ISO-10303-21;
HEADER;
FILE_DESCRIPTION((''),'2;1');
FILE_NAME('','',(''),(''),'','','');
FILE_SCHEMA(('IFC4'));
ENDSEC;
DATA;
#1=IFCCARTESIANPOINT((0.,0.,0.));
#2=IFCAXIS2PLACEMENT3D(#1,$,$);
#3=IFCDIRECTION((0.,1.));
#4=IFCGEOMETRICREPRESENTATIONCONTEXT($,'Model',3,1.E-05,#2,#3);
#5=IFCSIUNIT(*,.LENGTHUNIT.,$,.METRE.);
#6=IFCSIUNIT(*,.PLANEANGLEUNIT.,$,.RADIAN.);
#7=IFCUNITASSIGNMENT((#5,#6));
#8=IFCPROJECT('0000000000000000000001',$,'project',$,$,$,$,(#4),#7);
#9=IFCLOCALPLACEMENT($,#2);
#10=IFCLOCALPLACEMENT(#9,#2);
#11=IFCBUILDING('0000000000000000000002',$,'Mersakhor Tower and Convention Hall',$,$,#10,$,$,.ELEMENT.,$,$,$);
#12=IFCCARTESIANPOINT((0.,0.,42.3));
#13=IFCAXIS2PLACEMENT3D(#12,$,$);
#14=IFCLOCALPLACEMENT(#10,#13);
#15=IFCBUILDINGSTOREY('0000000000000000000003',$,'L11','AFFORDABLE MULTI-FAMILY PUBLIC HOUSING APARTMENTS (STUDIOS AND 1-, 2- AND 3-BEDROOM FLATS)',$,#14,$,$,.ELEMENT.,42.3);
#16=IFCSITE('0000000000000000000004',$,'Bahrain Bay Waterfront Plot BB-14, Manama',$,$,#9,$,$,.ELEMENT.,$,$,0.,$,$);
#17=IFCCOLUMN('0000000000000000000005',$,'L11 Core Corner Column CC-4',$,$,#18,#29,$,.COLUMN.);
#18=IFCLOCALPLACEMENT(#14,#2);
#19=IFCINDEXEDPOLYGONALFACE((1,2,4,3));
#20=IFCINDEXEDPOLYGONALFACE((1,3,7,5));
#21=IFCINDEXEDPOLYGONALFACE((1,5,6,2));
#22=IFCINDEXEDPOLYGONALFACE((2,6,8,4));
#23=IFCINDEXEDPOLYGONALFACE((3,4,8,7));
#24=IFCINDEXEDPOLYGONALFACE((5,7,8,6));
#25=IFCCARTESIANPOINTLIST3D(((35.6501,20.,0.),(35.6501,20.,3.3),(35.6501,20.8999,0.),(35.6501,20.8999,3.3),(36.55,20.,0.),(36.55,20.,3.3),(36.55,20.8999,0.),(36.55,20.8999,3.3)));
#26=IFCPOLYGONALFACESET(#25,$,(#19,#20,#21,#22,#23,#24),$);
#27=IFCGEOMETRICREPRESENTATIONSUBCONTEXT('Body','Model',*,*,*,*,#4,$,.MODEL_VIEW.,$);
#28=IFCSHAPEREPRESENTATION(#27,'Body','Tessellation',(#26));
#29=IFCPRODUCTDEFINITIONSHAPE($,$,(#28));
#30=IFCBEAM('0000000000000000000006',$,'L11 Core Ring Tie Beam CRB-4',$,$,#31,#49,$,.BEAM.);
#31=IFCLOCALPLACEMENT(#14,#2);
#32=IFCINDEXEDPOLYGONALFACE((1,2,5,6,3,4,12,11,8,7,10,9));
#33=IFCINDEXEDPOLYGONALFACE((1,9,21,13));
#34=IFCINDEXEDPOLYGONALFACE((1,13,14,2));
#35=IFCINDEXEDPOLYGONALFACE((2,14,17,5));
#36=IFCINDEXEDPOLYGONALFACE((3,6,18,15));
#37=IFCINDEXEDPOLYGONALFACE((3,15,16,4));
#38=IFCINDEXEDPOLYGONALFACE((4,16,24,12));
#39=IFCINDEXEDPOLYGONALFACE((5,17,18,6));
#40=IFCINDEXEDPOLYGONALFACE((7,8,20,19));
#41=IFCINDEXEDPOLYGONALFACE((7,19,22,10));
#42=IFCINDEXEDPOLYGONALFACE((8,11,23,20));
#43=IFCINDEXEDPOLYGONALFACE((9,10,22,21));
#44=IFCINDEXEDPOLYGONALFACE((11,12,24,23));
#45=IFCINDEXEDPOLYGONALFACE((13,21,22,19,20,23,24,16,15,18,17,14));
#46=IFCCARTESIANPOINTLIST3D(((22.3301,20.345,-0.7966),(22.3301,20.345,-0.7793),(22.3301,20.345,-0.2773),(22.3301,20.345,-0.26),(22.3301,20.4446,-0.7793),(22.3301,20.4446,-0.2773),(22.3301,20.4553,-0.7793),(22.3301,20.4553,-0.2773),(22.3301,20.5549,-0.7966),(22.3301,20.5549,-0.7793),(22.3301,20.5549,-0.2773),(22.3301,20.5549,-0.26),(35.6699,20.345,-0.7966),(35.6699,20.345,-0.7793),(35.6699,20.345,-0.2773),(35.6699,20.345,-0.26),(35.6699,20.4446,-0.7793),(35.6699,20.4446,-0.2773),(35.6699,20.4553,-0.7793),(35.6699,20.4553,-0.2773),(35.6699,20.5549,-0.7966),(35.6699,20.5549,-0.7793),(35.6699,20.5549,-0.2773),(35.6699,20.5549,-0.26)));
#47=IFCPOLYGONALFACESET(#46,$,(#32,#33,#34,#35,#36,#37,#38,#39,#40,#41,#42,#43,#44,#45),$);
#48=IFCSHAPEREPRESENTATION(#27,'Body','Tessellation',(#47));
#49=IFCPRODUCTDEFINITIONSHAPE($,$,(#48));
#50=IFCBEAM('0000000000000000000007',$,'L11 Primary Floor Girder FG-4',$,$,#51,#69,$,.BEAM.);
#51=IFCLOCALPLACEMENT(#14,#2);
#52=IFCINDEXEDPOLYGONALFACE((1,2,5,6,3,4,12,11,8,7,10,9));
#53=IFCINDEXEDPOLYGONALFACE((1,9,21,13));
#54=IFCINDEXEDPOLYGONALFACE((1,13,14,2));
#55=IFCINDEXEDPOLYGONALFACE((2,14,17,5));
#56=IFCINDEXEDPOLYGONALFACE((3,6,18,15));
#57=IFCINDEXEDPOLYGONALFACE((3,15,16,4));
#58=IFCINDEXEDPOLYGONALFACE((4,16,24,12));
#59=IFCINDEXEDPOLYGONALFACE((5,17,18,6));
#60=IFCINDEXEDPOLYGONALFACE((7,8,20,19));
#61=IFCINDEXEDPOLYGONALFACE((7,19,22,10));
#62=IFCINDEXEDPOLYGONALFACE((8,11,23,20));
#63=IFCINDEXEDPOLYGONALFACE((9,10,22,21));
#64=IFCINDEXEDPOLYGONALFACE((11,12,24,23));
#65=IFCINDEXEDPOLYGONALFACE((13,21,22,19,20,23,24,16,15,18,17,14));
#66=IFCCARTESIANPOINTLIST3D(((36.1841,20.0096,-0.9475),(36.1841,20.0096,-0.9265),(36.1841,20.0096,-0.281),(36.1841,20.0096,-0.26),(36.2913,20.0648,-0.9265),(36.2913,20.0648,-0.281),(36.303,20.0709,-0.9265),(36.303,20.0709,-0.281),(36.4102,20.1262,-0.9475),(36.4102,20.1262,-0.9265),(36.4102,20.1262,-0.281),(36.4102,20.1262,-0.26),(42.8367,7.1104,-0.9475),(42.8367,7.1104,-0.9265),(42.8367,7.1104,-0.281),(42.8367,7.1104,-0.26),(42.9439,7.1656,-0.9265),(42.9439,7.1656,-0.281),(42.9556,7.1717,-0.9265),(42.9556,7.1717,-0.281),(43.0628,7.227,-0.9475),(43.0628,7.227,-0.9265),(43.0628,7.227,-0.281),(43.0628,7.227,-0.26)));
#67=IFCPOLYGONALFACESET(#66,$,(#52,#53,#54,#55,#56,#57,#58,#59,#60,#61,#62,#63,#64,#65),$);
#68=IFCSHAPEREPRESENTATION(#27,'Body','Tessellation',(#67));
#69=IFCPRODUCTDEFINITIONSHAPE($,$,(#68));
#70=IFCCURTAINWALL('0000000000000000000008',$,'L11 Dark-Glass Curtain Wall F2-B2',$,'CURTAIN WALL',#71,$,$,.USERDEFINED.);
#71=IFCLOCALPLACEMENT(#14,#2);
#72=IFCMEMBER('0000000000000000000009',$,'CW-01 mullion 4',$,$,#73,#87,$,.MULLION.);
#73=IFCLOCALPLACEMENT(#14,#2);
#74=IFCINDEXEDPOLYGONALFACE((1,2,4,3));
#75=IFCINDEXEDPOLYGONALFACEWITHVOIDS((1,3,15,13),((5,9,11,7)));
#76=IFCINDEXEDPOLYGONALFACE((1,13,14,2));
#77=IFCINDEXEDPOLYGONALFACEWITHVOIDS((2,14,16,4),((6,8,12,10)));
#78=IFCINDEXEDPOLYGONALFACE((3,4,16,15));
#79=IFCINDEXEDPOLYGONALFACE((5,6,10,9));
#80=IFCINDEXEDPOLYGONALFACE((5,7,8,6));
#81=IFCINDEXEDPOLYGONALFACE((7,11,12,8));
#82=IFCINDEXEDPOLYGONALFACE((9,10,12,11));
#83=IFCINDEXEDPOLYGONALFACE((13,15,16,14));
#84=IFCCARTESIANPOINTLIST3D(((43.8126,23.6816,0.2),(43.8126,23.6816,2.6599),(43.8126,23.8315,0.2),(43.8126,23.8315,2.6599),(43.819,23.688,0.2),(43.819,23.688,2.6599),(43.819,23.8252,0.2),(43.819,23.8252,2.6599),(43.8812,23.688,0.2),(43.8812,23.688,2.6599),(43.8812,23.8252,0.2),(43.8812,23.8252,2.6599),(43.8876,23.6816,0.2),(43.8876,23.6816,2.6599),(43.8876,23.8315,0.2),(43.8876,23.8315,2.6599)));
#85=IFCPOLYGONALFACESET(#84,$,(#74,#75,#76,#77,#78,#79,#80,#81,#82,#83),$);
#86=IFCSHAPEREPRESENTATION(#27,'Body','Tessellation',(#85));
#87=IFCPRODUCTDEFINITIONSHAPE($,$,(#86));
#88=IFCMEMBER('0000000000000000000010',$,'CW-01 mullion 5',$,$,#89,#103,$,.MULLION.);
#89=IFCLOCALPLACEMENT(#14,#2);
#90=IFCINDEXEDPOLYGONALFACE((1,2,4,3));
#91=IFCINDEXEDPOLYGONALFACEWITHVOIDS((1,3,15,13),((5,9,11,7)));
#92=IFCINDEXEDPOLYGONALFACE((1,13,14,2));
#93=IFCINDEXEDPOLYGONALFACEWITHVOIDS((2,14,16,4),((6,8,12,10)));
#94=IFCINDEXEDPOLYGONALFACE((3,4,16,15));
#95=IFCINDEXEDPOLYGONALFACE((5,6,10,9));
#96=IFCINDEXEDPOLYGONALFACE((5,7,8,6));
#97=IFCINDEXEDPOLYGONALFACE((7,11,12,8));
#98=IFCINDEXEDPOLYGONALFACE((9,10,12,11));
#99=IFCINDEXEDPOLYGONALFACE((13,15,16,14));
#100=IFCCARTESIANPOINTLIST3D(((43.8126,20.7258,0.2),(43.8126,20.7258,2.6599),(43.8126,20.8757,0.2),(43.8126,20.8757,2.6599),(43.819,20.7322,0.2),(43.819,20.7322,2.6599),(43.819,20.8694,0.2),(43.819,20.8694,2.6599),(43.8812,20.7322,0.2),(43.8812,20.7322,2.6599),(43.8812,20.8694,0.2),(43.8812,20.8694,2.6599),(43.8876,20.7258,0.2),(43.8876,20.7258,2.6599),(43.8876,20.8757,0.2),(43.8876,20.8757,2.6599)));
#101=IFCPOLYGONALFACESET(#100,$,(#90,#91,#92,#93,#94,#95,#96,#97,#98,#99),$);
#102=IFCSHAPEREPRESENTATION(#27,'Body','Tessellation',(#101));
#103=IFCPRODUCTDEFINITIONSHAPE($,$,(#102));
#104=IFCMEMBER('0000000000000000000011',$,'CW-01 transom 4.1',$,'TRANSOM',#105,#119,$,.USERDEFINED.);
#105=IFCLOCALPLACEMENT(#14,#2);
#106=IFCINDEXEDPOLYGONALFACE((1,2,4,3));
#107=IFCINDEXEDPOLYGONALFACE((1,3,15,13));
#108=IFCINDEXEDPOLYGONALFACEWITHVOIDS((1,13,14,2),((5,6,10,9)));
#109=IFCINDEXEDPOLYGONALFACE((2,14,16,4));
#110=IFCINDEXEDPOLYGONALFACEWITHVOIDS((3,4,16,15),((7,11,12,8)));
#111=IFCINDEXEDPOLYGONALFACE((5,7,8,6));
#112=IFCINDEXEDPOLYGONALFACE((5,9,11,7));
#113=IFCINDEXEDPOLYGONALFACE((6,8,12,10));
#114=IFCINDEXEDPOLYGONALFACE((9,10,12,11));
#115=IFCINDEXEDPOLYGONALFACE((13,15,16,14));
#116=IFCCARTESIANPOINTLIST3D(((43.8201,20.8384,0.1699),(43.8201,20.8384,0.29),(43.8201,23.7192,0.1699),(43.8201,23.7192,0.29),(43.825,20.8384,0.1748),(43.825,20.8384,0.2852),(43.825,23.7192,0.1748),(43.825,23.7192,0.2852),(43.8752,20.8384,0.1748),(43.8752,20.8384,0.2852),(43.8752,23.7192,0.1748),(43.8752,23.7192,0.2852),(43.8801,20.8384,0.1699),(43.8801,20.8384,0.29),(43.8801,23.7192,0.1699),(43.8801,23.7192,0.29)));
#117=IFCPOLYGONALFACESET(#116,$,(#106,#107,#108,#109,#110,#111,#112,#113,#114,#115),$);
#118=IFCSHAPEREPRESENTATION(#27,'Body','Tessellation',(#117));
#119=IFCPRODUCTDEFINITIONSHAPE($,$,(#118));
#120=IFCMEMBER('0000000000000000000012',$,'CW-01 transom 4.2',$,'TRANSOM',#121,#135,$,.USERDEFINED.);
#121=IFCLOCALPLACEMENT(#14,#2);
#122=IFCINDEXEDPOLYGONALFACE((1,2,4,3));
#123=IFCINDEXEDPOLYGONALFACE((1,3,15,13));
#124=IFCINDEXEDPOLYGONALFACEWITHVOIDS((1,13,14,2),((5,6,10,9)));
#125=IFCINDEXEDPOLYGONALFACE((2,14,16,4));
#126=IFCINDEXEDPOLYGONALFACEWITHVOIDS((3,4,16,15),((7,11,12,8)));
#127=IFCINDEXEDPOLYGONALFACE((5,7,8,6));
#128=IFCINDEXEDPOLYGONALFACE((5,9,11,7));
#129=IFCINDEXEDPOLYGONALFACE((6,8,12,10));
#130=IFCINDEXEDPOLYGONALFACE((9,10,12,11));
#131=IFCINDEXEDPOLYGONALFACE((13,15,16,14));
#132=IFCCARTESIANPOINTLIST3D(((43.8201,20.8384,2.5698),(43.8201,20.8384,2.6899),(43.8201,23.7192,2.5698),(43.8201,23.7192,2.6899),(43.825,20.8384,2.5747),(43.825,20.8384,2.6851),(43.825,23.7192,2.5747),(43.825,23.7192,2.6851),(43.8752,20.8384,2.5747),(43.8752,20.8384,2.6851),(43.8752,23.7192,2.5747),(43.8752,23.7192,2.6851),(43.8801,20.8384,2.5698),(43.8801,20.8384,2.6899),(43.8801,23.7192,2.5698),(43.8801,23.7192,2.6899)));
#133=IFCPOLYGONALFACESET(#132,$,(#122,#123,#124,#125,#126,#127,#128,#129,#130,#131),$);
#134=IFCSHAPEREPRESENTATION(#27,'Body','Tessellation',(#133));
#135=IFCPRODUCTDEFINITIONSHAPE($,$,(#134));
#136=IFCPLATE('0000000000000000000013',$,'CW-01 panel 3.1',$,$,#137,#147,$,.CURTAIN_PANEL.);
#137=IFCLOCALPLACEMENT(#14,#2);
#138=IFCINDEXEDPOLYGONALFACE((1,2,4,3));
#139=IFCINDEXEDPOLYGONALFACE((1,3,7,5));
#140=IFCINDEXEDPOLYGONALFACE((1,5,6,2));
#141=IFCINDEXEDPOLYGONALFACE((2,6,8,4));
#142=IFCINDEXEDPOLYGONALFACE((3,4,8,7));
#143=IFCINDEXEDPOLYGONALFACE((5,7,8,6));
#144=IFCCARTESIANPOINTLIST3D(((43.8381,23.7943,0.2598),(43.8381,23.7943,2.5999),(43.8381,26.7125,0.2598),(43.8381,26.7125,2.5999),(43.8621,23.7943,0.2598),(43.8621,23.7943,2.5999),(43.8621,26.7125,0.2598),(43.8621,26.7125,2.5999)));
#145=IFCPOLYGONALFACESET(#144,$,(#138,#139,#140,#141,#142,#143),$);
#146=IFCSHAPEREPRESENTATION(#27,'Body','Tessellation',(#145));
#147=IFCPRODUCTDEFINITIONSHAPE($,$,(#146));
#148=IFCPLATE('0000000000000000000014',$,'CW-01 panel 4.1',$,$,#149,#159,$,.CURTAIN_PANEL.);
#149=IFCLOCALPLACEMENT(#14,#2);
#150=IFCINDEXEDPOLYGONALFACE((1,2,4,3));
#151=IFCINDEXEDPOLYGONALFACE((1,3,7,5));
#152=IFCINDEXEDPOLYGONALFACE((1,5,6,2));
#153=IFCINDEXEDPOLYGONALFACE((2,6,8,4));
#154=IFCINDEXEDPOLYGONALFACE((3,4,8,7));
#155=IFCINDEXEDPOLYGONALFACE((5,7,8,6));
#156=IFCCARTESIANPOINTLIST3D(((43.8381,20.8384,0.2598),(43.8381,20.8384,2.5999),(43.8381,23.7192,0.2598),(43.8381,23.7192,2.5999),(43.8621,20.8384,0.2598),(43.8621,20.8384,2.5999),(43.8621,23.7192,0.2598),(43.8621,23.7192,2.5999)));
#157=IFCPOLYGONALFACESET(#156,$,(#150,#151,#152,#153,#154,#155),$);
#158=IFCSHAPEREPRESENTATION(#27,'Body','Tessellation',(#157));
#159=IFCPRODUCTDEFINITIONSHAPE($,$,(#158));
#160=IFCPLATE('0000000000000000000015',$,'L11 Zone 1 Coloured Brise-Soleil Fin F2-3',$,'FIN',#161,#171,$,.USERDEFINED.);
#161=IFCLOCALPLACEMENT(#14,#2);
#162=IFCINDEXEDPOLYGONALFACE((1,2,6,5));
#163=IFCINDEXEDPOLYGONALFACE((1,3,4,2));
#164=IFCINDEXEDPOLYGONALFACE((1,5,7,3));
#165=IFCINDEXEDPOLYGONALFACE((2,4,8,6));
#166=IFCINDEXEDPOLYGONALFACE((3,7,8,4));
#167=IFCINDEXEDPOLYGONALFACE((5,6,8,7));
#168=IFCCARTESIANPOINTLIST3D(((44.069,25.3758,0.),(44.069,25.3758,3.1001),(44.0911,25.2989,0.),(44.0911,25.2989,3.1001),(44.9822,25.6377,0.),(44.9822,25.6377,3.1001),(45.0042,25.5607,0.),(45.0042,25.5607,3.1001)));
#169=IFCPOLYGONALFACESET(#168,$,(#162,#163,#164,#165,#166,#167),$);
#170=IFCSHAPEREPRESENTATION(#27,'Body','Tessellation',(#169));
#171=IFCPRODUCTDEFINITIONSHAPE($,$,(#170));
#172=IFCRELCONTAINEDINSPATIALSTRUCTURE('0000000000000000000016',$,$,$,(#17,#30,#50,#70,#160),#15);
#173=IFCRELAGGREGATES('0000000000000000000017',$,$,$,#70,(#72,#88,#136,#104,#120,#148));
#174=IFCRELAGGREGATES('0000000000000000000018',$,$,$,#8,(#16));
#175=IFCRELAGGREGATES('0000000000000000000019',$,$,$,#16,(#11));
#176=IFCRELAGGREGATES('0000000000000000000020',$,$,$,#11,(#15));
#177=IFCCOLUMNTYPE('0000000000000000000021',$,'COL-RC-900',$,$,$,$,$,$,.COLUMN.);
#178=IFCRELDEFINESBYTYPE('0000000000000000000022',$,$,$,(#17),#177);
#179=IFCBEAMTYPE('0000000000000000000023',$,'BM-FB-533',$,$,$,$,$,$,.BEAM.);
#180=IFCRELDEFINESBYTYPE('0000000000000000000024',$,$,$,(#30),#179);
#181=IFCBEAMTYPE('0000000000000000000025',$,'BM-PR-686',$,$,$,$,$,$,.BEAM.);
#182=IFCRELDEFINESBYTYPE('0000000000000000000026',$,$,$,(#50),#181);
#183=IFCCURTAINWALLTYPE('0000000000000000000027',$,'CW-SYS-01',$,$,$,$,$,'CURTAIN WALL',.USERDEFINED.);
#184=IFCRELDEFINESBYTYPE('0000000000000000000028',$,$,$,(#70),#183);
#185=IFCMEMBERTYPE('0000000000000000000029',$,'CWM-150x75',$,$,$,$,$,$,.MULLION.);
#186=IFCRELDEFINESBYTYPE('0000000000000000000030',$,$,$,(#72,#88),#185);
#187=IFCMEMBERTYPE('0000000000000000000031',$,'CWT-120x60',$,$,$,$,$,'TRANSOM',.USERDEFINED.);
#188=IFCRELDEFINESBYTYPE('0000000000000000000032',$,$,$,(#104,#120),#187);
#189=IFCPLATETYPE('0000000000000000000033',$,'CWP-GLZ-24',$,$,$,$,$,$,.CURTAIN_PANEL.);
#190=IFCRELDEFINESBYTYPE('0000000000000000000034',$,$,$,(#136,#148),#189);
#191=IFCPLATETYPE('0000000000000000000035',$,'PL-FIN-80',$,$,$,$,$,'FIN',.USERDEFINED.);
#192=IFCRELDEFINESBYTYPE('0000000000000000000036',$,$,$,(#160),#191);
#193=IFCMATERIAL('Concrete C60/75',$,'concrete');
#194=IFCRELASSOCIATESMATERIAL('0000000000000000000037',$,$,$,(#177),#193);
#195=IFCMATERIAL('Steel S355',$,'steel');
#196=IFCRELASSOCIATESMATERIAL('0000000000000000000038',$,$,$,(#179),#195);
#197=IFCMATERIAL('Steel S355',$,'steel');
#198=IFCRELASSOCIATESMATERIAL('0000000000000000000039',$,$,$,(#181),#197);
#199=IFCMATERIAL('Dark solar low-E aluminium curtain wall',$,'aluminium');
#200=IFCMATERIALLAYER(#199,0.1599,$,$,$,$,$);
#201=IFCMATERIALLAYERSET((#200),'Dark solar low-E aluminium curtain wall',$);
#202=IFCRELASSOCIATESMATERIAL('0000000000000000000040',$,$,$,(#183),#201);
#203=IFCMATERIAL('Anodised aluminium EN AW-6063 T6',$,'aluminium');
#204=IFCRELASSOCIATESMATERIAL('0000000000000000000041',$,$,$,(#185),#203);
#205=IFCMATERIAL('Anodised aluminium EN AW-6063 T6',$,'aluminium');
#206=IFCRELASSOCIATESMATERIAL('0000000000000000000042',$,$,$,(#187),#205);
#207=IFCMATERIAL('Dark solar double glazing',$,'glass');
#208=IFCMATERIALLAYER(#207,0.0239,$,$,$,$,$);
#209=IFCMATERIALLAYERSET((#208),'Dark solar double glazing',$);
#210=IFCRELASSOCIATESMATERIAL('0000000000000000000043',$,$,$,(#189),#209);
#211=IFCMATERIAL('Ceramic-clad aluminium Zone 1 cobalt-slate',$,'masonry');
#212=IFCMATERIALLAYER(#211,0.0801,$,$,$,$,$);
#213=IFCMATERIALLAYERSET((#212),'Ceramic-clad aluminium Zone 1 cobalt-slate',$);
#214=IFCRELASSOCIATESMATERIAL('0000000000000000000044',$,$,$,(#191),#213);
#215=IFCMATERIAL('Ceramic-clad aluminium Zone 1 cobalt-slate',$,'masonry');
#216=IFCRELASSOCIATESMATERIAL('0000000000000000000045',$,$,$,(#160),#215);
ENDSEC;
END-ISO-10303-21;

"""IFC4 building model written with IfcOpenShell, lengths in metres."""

from ifc_helpers import new_model, si_unit, direction, frame, origin, origin_2d, place, context, subcontext, project, spatial, rectangle, hollow_rectangle, i_section, extrude, material, layer, layer_set, material_profile, profile_set, type_object, element, aggregate, save


model = new_model("IFC4")

# Units and contexts
model_context = context("Model", 3, precision=1e-05, world=origin(), true_north=direction((0.0, 1.0)))
body_context = subcontext(model_context, "Body", "Model", "MODEL_VIEW")
ifc_project = project(units=[si_unit("LENGTHUNIT", "METRE"), si_unit("PLANEANGLEUNIT", "RADIAN")], contexts=[model_context])

# Site, building, storey
site_placement = place(None, origin())
site = spatial("IfcSite", under=ifc_project, at=site_placement, Name="Bahrain Bay Waterfront Plot BB-14, Manama", CompositionType="ELEMENT", RefElevation=0.0)
building_placement = place(site_placement, origin())
building = spatial("IfcBuilding", under=site, at=building_placement, Name="Mersakhor Tower and Convention Hall", CompositionType="ELEMENT")
storey_placement = place(building_placement, frame((0.0, 0.0, 42.3)))
storey = spatial("IfcBuildingStorey", under=building, at=storey_placement, Name="L11", Description="AFFORDABLE MULTI-FAMILY PUBLIC HOUSING APARTMENTS (STUDIOS AND 1-, 2- AND 3-BEDROOM FLATS)", CompositionType="ELEMENT", Elevation=42.3)

# Column
ifc_material_1 = material(Name="Concrete C60/75", Category="concrete")
ifc_material_profile_1 = material_profile(ifc_material_1, rectangle(XDim=0.8999, YDim=0.8999, at=origin_2d()), Name="RC 900x900")
ifc_profile_set_1 = profile_set([ifc_material_profile_1], Name="Concrete C60/75")
column_type = type_object("IfcColumnType", Name="COL-RC-900", PredefinedType="COLUMN", material=ifc_profile_set_1)
column_placement = place(storey_placement, frame((36.1001, 20.45, 0.0), z_axis=(0.0, 0.0, 1.0), x_axis=(1.0, 0.0, 0.0)))
element("IfcColumn", 1, at=column_placement, inside=storey, type_object=column_type, Name="L11 Core Corner Column CC-4", PredefinedType="COLUMN", context=body_context, shape_type="SweptSolid", body=[
    extrude(rectangle(XDim=0.8999, YDim=0.8999, at=origin_2d()), origin(), (0.0, 0.0, 1.0), 3.3),
])

# Beams
ifc_material_2 = material(Name="Steel S355", Category="steel")
ifc_material_profile_2 = material_profile(ifc_material_2, i_section(OverallWidth=0.21, OverallDepth=0.5366, WebThickness=0.0107, FlangeThickness=0.0173, at=origin_2d()), Name="UB 533x210x101")
ifc_profile_set_2 = profile_set([ifc_material_profile_2], Name="Steel S355")
beam_type_1 = type_object("IfcBeamType", Name="BM-FB-533", PredefinedType="BEAM", material=ifc_profile_set_2)
beam_1_placement = place(storey_placement, frame((35.6699, 20.45, -0.5283), z_axis=(-1.0, 0.0, 0.0), x_axis=(0.0, -1.0, 0.0)))
element("IfcBeam", 2, at=beam_1_placement, inside=storey, type_object=beam_type_1, Name="L11 Core Ring Tie Beam CRB-4", PredefinedType="BEAM", context=body_context, shape_type="SweptSolid", body=[
    extrude(i_section(OverallWidth=0.21, OverallDepth=0.5366, WebThickness=0.0107, FlangeThickness=0.0173, at=origin_2d()), origin(), (0.0, 0.0, 1.0), 13.3398),
])
ifc_material_3 = material(Name="Steel S355", Category="steel")
ifc_material_profile_3 = material_profile(ifc_material_3, i_section(OverallWidth=0.2544, OverallDepth=0.6875, WebThickness=0.0132, FlangeThickness=0.021, at=origin_2d()), Name="UB 686x254x152")
ifc_profile_set_3 = profile_set([ifc_material_profile_3], Name="Steel S355")
beam_type_2 = type_object("IfcBeamType", Name="BM-PR-686", PredefinedType="BEAM", material=ifc_profile_set_3)
beam_2_placement = place(storey_placement, frame((36.2971, 20.0679, -0.6038), z_axis=(0.458368, -0.888762, 0.0), x_axis=(0.888762, 0.458368, 0.0)))
element("IfcBeam", 3, at=beam_2_placement, inside=storey, type_object=beam_type_2, Name="L11 Primary Floor Girder FG-4", PredefinedType="BEAM", context=body_context, shape_type="SweptSolid", body=[
    extrude(i_section(OverallWidth=0.2544, OverallDepth=0.6875, WebThickness=0.0132, FlangeThickness=0.021, at=origin_2d()), origin(), (0.0, 0.0, 1.0), 14.5137),
])

# Curtain wall, members, plates
ifc_material_4 = material(Name="Dark solar low-E aluminium curtain wall", Category="aluminium")
ifc_layer_1 = layer(ifc_material_4, 0.1599)
ifc_layer_set_1 = layer_set([ifc_layer_1], Name="Dark solar low-E aluminium curtain wall")
curtain_wall_type = type_object("IfcCurtainWallType", Name="CW-SYS-01", ElementType="CURTAIN WALL", PredefinedType="USERDEFINED", material=ifc_layer_set_1)
curtain_wall_placement = place(storey_placement, origin())
curtain_wall = element("IfcCurtainWall", 4, at=curtain_wall_placement, inside=storey, type_object=curtain_wall_type, Name="L11 Dark-Glass Curtain Wall F2-B2", ObjectType="CURTAIN WALL", PredefinedType="USERDEFINED")
ifc_material_5 = material(Name="Anodised aluminium EN AW-6063 T6", Category="aluminium")
ifc_material_profile_4 = material_profile(ifc_material_5, hollow_rectangle(XDim=0.075, YDim=0.1499, WallThickness=0.0063, at=origin_2d()), Name="RHS 150x75x6.3")
ifc_profile_set_4 = profile_set([ifc_material_profile_4], Name="Anodised aluminium EN AW-6063 T6")
member_type_1 = type_object("IfcMemberType", Name="CWM-150x75", PredefinedType="MULLION", material=ifc_profile_set_4)
member_1_placement = place(storey_placement, frame((43.8501, 23.7566, 0.2), z_axis=(0.0, 0.0, 1.0), x_axis=(1.0, 0.0, 0.0)))
member_1 = element("IfcMember", 5, at=member_1_placement, type_object=member_type_1, Name="CW-01 mullion 4", PredefinedType="MULLION", context=body_context, shape_type="SweptSolid", body=[
    extrude(hollow_rectangle(XDim=0.075, YDim=0.1499, WallThickness=0.0063, at=origin_2d()), origin(), (0.0, 0.0, 1.0), 2.46),
])
member_2_placement = place(storey_placement, frame((43.8501, 20.8008, 0.2), z_axis=(0.0, 0.0, 1.0), x_axis=(1.0, 0.0, 0.0)))
member_2 = element("IfcMember", 6, at=member_2_placement, type_object=member_type_1, Name="CW-01 mullion 5", PredefinedType="MULLION", context=body_context, shape_type="SweptSolid", body=[
    extrude(hollow_rectangle(XDim=0.075, YDim=0.1499, WallThickness=0.0063, at=origin_2d()), origin(), (0.0, 0.0, 1.0), 2.46),
])
ifc_material_6 = material(Name="Anodised aluminium EN AW-6063 T6", Category="aluminium")
ifc_material_profile_5 = material_profile(ifc_material_6, hollow_rectangle(XDim=0.0601, YDim=0.1201, WallThickness=0.0049, at=origin_2d()), Name="RHS 120x60x5")
ifc_profile_set_5 = profile_set([ifc_material_profile_5], Name="Anodised aluminium EN AW-6063 T6")
member_type_2 = type_object("IfcMemberType", Name="CWT-120x60", ElementType="TRANSOM", PredefinedType="USERDEFINED", material=ifc_profile_set_5)
member_3_placement = place(storey_placement, frame((43.8501, 23.7192, 0.23), z_axis=(0.0, -1.0, 0.0), x_axis=(1.0, 0.0, 0.0)))
member_3 = element("IfcMember", 7, at=member_3_placement, type_object=member_type_2, Name="CW-01 transom 4.1", ObjectType="TRANSOM", PredefinedType="USERDEFINED", context=body_context, shape_type="SweptSolid", body=[
    extrude(hollow_rectangle(XDim=0.0601, YDim=0.1201, WallThickness=0.0049, at=origin_2d()), origin(), (0.0, 0.0, 1.0), 2.8809),
])
member_4_placement = place(storey_placement, frame((43.8501, 23.7192, 2.6299), z_axis=(0.0, -1.0, 0.0), x_axis=(1.0, 0.0, 0.0)))
member_4 = element("IfcMember", 8, at=member_4_placement, type_object=member_type_2, Name="CW-01 transom 4.2", ObjectType="TRANSOM", PredefinedType="USERDEFINED", context=body_context, shape_type="SweptSolid", body=[
    extrude(hollow_rectangle(XDim=0.0601, YDim=0.1201, WallThickness=0.0049, at=origin_2d()), origin(), (0.0, 0.0, 1.0), 2.8809),
])
ifc_material_7 = material(Name="Dark solar double glazing", Category="glass")
ifc_layer_2 = layer(ifc_material_7, 0.0239)
ifc_layer_set_2 = layer_set([ifc_layer_2], Name="Dark solar double glazing")
plate_type_1 = type_object("IfcPlateType", Name="CWP-GLZ-24", PredefinedType="CURTAIN_PANEL", material=ifc_layer_set_2)
plate_1_placement = place(storey_placement, frame((43.8501, 25.2534, 0.2598), z_axis=(0.0, 0.0, 1.0), x_axis=(0.0, -1.0, 0.0)))
plate_1 = element("IfcPlate", 9, at=plate_1_placement, type_object=plate_type_1, Name="CW-01 panel 3.1", PredefinedType="CURTAIN_PANEL", context=body_context, shape_type="SweptSolid", body=[
    extrude(rectangle(XDim=2.9182, YDim=0.0239, at=origin_2d()), origin(), (0.0, 0.0, 1.0), 2.3401),
])
plate_2_placement = place(storey_placement, frame((43.8501, 22.2788, 0.2598), z_axis=(0.0, 0.0, 1.0), x_axis=(0.0, -1.0, 0.0)))
plate_2 = element("IfcPlate", 10, at=plate_2_placement, type_object=plate_type_1, Name="CW-01 panel 4.1", PredefinedType="CURTAIN_PANEL", context=body_context, shape_type="SweptSolid", body=[
    extrude(rectangle(XDim=2.8809, YDim=0.0239, at=origin_2d()), origin(), (0.0, 0.0, 1.0), 2.3401),
])
aggregate(curtain_wall, [member_1, member_2, plate_1, member_3, member_4, plate_2])

# Plate
ifc_material_8 = material(Name="Ceramic-clad aluminium Zone 1 cobalt-slate", Category="masonry")
ifc_material_9 = material(Name="Ceramic-clad aluminium Zone 1 cobalt-slate", Category="masonry")
ifc_layer_3 = layer(ifc_material_9, 0.0801)
ifc_layer_set_3 = layer_set([ifc_layer_3], Name="Ceramic-clad aluminium Zone 1 cobalt-slate")
plate_type_2 = type_object("IfcPlateType", Name="PL-FIN-80", ElementType="FIN", PredefinedType="USERDEFINED", material=ifc_layer_set_3)
plate_3_placement = place(storey_placement, frame((44.5366, 25.4683, 0.0), z_axis=(0.0, 0.0, 1.0), x_axis=(0.961262, 0.275637, 0.0)))
element("IfcPlate", 11, at=plate_3_placement, inside=storey, type_object=plate_type_2, material=ifc_material_8, Name="L11 Zone 1 Coloured Brise-Soleil Fin F2-3", ObjectType="FIN", PredefinedType="USERDEFINED", context=body_context, shape_type="SweptSolid", body=[
    extrude(rectangle(XDim=0.95, YDim=0.0801, at=origin_2d()), origin(), (0.0, 0.0, 1.0), 3.1001),
])

save(model, "model.ifc")
